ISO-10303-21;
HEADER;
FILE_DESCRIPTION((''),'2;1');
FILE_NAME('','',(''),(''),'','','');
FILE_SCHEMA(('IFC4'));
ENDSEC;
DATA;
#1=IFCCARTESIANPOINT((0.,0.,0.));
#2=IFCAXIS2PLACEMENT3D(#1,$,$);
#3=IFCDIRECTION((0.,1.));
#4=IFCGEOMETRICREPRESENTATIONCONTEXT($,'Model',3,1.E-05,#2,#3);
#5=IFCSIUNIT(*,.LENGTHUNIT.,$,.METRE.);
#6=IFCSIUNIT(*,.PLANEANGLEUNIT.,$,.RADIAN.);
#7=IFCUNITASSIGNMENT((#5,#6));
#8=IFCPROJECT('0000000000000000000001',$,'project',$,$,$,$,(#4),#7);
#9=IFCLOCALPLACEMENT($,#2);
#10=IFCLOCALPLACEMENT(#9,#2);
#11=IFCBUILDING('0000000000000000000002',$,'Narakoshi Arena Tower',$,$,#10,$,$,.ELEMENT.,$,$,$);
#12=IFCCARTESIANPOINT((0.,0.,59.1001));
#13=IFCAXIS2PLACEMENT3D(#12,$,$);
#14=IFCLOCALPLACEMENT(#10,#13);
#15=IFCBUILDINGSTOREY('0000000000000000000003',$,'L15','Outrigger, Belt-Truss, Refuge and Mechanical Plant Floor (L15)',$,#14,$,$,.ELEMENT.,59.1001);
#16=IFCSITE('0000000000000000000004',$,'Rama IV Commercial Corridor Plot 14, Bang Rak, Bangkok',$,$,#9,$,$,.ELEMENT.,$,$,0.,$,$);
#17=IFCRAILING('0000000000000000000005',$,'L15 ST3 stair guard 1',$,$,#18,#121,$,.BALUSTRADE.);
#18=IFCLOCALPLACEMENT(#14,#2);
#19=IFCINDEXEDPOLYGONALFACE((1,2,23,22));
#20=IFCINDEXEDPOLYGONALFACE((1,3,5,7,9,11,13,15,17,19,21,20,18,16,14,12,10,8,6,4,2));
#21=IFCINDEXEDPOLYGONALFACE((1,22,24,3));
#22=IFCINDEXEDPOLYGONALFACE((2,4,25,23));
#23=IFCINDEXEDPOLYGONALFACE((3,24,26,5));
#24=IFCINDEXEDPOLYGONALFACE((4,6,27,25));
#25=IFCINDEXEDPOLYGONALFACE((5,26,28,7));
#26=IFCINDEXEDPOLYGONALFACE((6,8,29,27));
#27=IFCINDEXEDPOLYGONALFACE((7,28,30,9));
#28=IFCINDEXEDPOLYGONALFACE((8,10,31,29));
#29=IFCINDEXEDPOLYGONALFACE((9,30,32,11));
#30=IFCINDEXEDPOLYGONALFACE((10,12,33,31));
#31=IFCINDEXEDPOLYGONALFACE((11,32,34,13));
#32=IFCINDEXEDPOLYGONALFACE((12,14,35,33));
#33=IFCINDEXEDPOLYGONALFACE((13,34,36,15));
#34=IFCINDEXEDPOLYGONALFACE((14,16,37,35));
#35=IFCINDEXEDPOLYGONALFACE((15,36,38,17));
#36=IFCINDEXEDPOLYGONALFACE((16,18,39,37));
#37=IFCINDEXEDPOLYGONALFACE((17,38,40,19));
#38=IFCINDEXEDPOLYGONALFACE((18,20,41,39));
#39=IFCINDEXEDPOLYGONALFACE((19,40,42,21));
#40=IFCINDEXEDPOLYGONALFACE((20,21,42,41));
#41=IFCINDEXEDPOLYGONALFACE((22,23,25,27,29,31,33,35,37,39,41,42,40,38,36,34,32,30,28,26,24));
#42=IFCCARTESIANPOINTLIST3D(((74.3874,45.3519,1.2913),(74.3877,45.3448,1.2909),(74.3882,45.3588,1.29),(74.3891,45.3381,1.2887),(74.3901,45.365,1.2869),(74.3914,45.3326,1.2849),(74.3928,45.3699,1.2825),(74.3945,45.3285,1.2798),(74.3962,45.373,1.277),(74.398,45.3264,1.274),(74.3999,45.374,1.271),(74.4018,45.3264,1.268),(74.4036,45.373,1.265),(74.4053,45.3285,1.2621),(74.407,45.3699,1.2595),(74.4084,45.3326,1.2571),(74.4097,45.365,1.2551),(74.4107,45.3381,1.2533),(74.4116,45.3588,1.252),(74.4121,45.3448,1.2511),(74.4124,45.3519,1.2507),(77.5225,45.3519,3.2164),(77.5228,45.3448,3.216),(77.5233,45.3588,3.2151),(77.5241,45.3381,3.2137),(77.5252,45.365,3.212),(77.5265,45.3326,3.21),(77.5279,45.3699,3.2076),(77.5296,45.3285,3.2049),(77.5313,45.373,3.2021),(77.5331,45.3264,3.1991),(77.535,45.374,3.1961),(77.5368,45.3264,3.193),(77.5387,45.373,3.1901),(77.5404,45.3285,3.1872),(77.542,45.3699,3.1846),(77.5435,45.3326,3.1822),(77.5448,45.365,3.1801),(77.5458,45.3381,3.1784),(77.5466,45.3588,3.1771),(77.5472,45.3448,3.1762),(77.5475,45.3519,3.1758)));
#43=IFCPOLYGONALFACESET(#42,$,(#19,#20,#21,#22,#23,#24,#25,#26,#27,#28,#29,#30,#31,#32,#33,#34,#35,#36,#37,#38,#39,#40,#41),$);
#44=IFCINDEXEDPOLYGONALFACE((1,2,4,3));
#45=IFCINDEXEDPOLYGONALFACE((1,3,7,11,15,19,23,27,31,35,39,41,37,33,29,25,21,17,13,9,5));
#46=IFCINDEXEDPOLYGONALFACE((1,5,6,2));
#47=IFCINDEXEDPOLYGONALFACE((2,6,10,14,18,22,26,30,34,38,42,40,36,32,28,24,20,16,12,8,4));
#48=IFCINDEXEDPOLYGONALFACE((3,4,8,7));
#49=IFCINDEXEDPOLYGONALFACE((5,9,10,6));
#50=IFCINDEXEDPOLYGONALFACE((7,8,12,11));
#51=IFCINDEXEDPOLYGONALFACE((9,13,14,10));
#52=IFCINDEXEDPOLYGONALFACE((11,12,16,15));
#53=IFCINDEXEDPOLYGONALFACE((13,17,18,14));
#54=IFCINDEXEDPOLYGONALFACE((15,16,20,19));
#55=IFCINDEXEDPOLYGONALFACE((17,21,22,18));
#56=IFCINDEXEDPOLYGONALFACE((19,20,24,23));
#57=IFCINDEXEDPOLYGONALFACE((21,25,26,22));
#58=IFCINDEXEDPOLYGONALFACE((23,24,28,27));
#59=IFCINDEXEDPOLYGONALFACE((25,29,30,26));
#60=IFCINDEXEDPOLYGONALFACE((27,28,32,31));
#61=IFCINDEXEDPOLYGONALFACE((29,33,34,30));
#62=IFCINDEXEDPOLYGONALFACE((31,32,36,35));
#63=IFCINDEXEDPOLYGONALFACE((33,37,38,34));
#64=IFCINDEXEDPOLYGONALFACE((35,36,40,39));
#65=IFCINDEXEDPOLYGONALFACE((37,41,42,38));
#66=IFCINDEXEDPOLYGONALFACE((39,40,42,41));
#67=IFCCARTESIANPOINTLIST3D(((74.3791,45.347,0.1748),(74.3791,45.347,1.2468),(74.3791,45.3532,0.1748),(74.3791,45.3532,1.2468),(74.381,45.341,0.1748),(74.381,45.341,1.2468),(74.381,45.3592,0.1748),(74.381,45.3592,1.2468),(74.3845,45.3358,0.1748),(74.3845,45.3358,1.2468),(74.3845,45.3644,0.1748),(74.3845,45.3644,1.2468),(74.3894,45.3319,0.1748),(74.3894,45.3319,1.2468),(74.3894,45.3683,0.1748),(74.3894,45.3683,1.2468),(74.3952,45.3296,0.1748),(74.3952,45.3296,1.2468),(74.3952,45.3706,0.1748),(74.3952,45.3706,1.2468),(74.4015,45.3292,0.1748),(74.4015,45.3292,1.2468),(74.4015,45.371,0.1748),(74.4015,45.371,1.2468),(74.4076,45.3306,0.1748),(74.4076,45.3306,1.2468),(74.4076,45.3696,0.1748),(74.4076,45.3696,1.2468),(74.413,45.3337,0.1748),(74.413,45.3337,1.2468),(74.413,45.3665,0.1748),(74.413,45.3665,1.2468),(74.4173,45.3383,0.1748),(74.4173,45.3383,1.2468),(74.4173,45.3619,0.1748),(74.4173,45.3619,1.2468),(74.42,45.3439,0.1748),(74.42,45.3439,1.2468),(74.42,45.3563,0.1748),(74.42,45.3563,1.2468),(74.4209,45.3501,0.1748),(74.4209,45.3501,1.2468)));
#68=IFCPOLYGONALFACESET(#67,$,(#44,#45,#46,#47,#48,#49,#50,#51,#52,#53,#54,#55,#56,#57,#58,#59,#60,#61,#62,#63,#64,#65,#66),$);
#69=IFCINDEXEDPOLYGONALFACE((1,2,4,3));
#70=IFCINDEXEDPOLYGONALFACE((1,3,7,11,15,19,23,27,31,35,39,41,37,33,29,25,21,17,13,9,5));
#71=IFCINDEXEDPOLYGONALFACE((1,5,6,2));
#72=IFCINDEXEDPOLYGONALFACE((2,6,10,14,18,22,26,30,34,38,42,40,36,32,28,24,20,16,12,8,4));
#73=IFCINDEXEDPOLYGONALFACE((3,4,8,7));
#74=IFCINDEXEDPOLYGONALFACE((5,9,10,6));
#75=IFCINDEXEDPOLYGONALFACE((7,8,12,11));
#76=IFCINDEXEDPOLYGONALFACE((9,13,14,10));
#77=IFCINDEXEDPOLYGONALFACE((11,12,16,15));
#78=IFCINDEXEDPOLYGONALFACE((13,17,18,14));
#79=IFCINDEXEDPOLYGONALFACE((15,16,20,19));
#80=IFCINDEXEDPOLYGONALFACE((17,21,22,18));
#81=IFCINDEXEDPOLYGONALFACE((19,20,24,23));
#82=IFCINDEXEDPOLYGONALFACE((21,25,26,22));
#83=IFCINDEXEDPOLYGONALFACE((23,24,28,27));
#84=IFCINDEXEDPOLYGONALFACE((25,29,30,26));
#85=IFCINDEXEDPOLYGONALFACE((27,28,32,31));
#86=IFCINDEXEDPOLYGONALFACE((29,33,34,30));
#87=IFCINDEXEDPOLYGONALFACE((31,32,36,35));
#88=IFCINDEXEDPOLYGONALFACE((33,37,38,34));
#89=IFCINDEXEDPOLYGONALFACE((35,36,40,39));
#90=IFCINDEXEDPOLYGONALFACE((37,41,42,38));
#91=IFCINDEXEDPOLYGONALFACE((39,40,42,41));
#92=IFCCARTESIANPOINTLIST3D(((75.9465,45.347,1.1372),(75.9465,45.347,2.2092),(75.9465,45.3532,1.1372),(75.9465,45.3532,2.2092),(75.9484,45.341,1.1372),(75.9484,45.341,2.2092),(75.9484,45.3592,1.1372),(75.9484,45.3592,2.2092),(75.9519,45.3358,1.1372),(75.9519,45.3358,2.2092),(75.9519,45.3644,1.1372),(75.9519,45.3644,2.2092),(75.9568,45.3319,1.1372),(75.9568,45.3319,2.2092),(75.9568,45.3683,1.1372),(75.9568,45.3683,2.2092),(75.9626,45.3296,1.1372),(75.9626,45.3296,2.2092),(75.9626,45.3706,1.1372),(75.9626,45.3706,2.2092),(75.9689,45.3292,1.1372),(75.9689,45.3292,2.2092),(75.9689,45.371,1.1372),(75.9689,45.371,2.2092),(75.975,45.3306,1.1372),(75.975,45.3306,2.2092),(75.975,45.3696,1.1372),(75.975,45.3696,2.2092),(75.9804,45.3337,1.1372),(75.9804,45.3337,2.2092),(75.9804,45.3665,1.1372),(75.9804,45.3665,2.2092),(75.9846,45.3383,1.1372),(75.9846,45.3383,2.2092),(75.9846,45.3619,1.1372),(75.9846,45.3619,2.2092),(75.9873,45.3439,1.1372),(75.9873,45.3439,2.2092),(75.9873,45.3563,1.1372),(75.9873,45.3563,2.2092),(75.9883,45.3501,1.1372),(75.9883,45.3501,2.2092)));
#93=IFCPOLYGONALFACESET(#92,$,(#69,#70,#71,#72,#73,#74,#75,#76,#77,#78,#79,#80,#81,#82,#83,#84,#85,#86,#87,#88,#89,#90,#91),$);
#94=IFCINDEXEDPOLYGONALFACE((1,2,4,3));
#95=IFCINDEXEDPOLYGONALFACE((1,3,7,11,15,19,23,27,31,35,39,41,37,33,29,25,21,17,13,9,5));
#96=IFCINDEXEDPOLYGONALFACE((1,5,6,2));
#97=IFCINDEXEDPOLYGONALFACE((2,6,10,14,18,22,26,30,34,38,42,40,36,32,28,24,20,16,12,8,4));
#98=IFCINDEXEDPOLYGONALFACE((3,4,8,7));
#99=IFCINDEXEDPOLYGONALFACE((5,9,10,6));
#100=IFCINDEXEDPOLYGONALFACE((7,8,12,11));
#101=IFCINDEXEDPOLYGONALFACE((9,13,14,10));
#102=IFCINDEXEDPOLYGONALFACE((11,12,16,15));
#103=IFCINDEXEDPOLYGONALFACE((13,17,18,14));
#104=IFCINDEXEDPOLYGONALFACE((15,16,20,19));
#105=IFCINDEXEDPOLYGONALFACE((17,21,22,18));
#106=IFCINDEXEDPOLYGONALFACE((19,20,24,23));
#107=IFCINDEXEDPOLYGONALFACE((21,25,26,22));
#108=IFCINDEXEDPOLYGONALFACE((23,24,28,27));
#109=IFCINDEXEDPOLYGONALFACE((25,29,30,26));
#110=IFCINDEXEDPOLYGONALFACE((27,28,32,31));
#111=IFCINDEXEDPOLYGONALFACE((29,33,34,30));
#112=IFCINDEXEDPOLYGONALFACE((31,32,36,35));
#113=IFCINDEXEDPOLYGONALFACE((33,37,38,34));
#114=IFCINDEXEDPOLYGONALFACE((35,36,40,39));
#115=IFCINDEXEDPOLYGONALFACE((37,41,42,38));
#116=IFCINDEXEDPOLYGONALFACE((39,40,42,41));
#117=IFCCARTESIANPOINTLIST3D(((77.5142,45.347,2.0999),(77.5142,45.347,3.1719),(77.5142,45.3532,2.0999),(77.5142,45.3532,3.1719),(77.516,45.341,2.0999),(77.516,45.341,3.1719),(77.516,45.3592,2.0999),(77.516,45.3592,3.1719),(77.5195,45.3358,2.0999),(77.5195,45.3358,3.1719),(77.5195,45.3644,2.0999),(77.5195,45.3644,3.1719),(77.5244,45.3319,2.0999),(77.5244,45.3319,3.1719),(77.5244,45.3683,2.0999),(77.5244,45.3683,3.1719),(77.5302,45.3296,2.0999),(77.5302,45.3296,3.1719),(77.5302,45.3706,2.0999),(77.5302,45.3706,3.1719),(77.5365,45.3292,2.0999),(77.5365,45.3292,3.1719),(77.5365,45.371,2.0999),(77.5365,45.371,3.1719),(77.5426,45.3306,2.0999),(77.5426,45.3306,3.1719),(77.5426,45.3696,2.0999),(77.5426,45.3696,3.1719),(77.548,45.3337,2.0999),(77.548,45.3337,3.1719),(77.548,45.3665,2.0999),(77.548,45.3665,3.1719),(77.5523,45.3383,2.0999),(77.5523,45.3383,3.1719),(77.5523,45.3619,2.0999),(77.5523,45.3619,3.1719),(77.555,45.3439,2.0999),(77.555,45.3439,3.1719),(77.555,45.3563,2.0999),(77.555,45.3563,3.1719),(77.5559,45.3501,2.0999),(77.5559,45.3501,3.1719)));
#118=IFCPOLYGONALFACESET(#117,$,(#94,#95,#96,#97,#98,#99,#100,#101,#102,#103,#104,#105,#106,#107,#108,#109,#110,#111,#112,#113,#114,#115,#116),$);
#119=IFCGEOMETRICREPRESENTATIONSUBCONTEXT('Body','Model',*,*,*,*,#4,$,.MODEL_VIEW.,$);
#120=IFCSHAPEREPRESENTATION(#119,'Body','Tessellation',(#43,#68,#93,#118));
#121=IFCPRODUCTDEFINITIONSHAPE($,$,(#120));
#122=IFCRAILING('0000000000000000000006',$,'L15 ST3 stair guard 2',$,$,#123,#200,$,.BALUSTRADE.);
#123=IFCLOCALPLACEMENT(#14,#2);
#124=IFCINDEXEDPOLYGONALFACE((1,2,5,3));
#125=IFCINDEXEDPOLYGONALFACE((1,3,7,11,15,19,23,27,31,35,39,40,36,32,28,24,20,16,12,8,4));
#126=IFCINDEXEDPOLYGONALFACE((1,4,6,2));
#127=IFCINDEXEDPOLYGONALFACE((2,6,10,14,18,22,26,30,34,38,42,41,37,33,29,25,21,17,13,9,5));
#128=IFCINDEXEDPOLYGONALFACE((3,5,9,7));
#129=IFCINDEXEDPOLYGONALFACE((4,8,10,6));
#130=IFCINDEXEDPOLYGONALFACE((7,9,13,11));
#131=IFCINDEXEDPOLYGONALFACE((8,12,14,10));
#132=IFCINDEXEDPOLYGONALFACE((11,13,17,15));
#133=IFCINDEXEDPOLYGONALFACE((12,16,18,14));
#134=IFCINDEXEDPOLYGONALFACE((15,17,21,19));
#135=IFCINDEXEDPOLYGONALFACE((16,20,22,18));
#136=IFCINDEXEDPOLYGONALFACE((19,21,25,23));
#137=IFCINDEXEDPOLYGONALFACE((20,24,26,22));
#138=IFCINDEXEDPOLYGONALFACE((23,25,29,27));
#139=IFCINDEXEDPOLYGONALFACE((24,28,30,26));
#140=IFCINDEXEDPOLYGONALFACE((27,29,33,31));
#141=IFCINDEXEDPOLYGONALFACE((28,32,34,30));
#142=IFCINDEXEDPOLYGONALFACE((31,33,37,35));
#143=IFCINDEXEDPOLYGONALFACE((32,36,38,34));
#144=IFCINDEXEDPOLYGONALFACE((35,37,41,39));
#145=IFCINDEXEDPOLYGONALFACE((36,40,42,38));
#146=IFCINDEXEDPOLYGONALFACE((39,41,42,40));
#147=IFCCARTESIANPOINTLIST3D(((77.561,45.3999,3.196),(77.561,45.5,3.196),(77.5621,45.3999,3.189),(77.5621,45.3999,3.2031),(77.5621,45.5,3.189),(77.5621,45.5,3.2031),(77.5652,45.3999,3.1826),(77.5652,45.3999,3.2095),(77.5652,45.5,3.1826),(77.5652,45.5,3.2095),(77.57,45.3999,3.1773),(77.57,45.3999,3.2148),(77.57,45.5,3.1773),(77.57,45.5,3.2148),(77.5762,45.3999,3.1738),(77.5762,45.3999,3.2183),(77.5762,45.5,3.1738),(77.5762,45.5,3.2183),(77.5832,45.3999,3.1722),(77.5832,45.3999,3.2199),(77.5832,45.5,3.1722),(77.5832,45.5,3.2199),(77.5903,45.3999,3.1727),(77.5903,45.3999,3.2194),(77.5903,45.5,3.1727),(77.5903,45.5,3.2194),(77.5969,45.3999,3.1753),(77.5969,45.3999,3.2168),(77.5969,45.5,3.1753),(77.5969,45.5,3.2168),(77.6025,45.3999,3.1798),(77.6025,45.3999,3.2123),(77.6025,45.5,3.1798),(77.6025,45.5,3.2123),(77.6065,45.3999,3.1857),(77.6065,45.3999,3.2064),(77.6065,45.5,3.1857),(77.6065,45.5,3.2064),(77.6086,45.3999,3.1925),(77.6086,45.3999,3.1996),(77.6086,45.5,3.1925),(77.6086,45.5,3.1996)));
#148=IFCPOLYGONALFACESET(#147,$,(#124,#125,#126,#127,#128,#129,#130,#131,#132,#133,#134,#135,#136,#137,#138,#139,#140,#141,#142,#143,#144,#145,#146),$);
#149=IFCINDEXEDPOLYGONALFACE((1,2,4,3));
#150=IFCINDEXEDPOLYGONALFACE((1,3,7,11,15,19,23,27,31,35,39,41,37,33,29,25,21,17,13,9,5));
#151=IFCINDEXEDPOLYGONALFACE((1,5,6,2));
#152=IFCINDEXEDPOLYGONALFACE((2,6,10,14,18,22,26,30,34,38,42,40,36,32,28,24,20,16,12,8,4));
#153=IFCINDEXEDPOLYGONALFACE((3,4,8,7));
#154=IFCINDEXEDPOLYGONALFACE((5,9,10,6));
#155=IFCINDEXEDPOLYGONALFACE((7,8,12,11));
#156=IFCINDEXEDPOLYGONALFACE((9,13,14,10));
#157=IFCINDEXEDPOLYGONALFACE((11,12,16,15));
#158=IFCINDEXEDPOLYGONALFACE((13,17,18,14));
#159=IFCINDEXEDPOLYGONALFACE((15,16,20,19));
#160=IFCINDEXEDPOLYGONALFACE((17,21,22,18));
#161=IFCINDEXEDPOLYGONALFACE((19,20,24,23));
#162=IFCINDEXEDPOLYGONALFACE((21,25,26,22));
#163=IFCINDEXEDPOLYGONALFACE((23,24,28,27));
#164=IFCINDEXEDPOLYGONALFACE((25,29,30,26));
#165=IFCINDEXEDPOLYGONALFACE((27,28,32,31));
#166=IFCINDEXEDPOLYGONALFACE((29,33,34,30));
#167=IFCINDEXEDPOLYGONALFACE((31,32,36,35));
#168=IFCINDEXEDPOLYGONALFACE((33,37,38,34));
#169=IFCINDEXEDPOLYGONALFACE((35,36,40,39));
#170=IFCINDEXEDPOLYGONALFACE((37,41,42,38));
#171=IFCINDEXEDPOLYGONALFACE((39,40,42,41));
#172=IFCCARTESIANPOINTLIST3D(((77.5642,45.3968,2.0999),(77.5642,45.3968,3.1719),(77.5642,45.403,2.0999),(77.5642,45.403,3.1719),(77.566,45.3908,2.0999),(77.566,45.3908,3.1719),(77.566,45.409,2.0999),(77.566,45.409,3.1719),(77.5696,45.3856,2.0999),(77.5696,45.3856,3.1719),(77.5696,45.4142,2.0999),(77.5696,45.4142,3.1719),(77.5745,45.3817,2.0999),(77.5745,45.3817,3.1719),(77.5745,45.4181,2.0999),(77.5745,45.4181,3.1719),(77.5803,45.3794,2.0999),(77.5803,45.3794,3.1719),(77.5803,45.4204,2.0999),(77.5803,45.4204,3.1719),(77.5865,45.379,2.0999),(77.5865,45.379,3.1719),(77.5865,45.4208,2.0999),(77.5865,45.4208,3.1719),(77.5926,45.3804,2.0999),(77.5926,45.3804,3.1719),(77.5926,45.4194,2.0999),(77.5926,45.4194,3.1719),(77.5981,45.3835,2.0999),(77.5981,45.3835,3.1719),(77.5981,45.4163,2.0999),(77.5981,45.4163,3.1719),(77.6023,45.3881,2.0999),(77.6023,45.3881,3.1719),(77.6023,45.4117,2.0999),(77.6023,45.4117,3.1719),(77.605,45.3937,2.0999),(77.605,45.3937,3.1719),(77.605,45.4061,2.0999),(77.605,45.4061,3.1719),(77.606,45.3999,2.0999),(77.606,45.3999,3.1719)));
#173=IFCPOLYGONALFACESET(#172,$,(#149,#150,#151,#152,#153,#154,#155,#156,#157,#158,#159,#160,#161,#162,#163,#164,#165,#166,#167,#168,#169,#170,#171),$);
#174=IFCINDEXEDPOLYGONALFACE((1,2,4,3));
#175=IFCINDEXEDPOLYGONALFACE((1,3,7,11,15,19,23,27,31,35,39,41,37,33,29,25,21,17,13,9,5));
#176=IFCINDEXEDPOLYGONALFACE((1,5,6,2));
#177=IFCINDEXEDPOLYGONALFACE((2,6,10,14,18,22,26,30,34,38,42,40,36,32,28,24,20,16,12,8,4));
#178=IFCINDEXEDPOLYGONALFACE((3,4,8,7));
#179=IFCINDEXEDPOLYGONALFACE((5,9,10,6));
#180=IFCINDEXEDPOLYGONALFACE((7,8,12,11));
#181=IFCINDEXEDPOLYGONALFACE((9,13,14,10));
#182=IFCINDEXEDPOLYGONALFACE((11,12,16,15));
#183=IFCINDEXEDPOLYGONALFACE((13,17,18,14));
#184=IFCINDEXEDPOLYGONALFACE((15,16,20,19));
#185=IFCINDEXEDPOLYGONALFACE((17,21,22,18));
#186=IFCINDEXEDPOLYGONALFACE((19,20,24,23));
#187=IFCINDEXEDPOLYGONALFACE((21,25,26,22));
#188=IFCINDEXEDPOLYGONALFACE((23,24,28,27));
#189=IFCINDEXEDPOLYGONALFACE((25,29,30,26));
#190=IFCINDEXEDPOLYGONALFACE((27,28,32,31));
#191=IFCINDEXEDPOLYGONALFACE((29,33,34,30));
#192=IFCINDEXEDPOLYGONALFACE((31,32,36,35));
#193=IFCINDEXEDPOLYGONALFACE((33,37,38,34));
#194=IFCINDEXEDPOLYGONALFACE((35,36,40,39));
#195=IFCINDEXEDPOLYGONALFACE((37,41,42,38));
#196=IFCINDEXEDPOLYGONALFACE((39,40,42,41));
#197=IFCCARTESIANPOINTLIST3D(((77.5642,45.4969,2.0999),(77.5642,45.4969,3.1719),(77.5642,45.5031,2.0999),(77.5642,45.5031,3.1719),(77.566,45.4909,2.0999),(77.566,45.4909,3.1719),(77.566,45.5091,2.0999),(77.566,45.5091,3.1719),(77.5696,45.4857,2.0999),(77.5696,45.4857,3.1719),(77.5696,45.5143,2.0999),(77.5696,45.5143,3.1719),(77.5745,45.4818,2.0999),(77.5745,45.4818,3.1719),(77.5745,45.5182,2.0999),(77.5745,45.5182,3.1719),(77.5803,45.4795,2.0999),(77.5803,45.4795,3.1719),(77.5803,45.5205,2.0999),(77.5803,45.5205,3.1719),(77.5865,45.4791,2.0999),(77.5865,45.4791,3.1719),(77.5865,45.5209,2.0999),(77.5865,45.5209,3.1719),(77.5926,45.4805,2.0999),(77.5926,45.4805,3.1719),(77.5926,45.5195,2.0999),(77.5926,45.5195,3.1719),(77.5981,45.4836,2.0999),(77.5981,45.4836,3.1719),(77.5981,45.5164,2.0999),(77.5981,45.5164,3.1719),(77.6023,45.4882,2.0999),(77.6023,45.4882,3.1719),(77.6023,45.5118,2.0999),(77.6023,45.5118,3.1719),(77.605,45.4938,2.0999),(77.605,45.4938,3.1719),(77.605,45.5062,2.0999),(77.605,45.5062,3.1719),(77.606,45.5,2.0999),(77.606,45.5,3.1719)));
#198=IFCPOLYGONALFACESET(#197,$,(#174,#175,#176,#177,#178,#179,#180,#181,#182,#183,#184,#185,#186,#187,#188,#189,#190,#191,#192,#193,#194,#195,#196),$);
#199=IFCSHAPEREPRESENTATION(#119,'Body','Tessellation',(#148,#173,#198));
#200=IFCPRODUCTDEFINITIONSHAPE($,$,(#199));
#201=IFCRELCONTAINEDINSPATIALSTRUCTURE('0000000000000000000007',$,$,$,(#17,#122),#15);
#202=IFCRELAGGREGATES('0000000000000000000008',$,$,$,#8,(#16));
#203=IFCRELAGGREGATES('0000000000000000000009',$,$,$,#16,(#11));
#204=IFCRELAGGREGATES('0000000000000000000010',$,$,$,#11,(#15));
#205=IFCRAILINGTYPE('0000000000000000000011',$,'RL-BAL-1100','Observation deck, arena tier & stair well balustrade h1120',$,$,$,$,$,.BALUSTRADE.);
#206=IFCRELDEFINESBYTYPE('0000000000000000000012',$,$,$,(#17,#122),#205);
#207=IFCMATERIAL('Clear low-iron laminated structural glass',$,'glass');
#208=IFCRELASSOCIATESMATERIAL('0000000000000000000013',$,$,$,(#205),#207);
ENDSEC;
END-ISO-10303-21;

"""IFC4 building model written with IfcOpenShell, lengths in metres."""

from ifc_helpers import new_model, si_unit, direction, frame, origin, origin_2d, place, context, subcontext, project, spatial, circle, extrude, material, type_object, element, save


model = new_model("IFC4")

# Units and contexts
model_context = context("Model", 3, precision=1e-05, world=origin(), true_north=direction((0.0, 1.0)))
body_context = subcontext(model_context, "Body", "Model", "MODEL_VIEW")
ifc_project = project(units=[si_unit("LENGTHUNIT", "METRE"), si_unit("PLANEANGLEUNIT", "RADIAN")], contexts=[model_context])

# Site, building, storey
site_placement = place(None, origin())
site = spatial("IfcSite", under=ifc_project, at=site_placement, Name="Rama IV Commercial Corridor Plot 14, Bang Rak, Bangkok", CompositionType="ELEMENT", RefElevation=0.0)
building_placement = place(site_placement, origin())
building = spatial("IfcBuilding", under=site, at=building_placement, Name="Narakoshi Arena Tower", CompositionType="ELEMENT")
storey_placement = place(building_placement, frame((0.0, 0.0, 59.1001)))
storey = spatial("IfcBuildingStorey", under=building, at=storey_placement, Name="L15", Description="Outrigger, Belt-Truss, Refuge and Mechanical Plant Floor (L15)", CompositionType="ELEMENT", Elevation=59.1001)

# Railings
ifc_material_1 = material(Name="Clear low-iron laminated structural glass", Category="glass")
railing_type_1 = type_object("IfcRailingType", Name="RL-BAL-1100", Description="Observation deck, arena tier & stair well balustrade h1120", PredefinedType="BALUSTRADE", material=ifc_material_1)
railing_1_placement = place(storey_placement, frame((74.3999, 45.3501, 0.1748)))
element("IfcRailing", 1, at=railing_1_placement, inside=storey, type_object=railing_type_1, Name="L15 ST3 stair guard 1", PredefinedType="BALUSTRADE", context=body_context, shape_type="SweptSolid", body=[
    extrude(circle(Radius=0.0239, at=origin_2d()), frame((0.0, 0.0, 1.0962), z_axis=(0.852166, 0.0, 0.523271), x_axis=(0.0, 1.0, 0.0)), (0.0, 0.0, 1.0), 3.679),
    extrude(circle(Radius=0.021, at=origin_2d()), origin(), (0.0, 0.0, 1.0), 1.072),
    extrude(circle(Radius=0.021, at=origin_2d()), frame((1.5674, 0.0, 0.9624)), (0.0, 0.0, 1.0), 1.072),
    extrude(circle(Radius=0.021, at=origin_2d()), frame((3.135, 0.0, 1.925)), (0.0, 0.0, 1.0), 1.072),
])
railing_2_placement = place(storey_placement, frame((77.585, 45.3999, 2.0999)))
element("IfcRailing", 2, at=railing_2_placement, inside=storey, type_object=railing_type_1, Name="L15 ST3 stair guard 2", PredefinedType="BALUSTRADE", context=body_context, shape_type="SweptSolid", body=[
    extrude(circle(Radius=0.0239, at=origin_2d()), frame((0.0, 0.0, 1.0962), z_axis=(0.0, 1.0, 0.0), x_axis=(-1.0, 0.0, 0.0)), (0.0, 0.0, 1.0), 0.1001),
    extrude(circle(Radius=0.021, at=origin_2d()), origin(), (0.0, 0.0, 1.0), 1.072),
    extrude(circle(Radius=0.021, at=origin_2d()), frame((0.0, 0.1001, 0.0)), (0.0, 0.0, 1.0), 1.072),
])

save(model, "model.ifc")
